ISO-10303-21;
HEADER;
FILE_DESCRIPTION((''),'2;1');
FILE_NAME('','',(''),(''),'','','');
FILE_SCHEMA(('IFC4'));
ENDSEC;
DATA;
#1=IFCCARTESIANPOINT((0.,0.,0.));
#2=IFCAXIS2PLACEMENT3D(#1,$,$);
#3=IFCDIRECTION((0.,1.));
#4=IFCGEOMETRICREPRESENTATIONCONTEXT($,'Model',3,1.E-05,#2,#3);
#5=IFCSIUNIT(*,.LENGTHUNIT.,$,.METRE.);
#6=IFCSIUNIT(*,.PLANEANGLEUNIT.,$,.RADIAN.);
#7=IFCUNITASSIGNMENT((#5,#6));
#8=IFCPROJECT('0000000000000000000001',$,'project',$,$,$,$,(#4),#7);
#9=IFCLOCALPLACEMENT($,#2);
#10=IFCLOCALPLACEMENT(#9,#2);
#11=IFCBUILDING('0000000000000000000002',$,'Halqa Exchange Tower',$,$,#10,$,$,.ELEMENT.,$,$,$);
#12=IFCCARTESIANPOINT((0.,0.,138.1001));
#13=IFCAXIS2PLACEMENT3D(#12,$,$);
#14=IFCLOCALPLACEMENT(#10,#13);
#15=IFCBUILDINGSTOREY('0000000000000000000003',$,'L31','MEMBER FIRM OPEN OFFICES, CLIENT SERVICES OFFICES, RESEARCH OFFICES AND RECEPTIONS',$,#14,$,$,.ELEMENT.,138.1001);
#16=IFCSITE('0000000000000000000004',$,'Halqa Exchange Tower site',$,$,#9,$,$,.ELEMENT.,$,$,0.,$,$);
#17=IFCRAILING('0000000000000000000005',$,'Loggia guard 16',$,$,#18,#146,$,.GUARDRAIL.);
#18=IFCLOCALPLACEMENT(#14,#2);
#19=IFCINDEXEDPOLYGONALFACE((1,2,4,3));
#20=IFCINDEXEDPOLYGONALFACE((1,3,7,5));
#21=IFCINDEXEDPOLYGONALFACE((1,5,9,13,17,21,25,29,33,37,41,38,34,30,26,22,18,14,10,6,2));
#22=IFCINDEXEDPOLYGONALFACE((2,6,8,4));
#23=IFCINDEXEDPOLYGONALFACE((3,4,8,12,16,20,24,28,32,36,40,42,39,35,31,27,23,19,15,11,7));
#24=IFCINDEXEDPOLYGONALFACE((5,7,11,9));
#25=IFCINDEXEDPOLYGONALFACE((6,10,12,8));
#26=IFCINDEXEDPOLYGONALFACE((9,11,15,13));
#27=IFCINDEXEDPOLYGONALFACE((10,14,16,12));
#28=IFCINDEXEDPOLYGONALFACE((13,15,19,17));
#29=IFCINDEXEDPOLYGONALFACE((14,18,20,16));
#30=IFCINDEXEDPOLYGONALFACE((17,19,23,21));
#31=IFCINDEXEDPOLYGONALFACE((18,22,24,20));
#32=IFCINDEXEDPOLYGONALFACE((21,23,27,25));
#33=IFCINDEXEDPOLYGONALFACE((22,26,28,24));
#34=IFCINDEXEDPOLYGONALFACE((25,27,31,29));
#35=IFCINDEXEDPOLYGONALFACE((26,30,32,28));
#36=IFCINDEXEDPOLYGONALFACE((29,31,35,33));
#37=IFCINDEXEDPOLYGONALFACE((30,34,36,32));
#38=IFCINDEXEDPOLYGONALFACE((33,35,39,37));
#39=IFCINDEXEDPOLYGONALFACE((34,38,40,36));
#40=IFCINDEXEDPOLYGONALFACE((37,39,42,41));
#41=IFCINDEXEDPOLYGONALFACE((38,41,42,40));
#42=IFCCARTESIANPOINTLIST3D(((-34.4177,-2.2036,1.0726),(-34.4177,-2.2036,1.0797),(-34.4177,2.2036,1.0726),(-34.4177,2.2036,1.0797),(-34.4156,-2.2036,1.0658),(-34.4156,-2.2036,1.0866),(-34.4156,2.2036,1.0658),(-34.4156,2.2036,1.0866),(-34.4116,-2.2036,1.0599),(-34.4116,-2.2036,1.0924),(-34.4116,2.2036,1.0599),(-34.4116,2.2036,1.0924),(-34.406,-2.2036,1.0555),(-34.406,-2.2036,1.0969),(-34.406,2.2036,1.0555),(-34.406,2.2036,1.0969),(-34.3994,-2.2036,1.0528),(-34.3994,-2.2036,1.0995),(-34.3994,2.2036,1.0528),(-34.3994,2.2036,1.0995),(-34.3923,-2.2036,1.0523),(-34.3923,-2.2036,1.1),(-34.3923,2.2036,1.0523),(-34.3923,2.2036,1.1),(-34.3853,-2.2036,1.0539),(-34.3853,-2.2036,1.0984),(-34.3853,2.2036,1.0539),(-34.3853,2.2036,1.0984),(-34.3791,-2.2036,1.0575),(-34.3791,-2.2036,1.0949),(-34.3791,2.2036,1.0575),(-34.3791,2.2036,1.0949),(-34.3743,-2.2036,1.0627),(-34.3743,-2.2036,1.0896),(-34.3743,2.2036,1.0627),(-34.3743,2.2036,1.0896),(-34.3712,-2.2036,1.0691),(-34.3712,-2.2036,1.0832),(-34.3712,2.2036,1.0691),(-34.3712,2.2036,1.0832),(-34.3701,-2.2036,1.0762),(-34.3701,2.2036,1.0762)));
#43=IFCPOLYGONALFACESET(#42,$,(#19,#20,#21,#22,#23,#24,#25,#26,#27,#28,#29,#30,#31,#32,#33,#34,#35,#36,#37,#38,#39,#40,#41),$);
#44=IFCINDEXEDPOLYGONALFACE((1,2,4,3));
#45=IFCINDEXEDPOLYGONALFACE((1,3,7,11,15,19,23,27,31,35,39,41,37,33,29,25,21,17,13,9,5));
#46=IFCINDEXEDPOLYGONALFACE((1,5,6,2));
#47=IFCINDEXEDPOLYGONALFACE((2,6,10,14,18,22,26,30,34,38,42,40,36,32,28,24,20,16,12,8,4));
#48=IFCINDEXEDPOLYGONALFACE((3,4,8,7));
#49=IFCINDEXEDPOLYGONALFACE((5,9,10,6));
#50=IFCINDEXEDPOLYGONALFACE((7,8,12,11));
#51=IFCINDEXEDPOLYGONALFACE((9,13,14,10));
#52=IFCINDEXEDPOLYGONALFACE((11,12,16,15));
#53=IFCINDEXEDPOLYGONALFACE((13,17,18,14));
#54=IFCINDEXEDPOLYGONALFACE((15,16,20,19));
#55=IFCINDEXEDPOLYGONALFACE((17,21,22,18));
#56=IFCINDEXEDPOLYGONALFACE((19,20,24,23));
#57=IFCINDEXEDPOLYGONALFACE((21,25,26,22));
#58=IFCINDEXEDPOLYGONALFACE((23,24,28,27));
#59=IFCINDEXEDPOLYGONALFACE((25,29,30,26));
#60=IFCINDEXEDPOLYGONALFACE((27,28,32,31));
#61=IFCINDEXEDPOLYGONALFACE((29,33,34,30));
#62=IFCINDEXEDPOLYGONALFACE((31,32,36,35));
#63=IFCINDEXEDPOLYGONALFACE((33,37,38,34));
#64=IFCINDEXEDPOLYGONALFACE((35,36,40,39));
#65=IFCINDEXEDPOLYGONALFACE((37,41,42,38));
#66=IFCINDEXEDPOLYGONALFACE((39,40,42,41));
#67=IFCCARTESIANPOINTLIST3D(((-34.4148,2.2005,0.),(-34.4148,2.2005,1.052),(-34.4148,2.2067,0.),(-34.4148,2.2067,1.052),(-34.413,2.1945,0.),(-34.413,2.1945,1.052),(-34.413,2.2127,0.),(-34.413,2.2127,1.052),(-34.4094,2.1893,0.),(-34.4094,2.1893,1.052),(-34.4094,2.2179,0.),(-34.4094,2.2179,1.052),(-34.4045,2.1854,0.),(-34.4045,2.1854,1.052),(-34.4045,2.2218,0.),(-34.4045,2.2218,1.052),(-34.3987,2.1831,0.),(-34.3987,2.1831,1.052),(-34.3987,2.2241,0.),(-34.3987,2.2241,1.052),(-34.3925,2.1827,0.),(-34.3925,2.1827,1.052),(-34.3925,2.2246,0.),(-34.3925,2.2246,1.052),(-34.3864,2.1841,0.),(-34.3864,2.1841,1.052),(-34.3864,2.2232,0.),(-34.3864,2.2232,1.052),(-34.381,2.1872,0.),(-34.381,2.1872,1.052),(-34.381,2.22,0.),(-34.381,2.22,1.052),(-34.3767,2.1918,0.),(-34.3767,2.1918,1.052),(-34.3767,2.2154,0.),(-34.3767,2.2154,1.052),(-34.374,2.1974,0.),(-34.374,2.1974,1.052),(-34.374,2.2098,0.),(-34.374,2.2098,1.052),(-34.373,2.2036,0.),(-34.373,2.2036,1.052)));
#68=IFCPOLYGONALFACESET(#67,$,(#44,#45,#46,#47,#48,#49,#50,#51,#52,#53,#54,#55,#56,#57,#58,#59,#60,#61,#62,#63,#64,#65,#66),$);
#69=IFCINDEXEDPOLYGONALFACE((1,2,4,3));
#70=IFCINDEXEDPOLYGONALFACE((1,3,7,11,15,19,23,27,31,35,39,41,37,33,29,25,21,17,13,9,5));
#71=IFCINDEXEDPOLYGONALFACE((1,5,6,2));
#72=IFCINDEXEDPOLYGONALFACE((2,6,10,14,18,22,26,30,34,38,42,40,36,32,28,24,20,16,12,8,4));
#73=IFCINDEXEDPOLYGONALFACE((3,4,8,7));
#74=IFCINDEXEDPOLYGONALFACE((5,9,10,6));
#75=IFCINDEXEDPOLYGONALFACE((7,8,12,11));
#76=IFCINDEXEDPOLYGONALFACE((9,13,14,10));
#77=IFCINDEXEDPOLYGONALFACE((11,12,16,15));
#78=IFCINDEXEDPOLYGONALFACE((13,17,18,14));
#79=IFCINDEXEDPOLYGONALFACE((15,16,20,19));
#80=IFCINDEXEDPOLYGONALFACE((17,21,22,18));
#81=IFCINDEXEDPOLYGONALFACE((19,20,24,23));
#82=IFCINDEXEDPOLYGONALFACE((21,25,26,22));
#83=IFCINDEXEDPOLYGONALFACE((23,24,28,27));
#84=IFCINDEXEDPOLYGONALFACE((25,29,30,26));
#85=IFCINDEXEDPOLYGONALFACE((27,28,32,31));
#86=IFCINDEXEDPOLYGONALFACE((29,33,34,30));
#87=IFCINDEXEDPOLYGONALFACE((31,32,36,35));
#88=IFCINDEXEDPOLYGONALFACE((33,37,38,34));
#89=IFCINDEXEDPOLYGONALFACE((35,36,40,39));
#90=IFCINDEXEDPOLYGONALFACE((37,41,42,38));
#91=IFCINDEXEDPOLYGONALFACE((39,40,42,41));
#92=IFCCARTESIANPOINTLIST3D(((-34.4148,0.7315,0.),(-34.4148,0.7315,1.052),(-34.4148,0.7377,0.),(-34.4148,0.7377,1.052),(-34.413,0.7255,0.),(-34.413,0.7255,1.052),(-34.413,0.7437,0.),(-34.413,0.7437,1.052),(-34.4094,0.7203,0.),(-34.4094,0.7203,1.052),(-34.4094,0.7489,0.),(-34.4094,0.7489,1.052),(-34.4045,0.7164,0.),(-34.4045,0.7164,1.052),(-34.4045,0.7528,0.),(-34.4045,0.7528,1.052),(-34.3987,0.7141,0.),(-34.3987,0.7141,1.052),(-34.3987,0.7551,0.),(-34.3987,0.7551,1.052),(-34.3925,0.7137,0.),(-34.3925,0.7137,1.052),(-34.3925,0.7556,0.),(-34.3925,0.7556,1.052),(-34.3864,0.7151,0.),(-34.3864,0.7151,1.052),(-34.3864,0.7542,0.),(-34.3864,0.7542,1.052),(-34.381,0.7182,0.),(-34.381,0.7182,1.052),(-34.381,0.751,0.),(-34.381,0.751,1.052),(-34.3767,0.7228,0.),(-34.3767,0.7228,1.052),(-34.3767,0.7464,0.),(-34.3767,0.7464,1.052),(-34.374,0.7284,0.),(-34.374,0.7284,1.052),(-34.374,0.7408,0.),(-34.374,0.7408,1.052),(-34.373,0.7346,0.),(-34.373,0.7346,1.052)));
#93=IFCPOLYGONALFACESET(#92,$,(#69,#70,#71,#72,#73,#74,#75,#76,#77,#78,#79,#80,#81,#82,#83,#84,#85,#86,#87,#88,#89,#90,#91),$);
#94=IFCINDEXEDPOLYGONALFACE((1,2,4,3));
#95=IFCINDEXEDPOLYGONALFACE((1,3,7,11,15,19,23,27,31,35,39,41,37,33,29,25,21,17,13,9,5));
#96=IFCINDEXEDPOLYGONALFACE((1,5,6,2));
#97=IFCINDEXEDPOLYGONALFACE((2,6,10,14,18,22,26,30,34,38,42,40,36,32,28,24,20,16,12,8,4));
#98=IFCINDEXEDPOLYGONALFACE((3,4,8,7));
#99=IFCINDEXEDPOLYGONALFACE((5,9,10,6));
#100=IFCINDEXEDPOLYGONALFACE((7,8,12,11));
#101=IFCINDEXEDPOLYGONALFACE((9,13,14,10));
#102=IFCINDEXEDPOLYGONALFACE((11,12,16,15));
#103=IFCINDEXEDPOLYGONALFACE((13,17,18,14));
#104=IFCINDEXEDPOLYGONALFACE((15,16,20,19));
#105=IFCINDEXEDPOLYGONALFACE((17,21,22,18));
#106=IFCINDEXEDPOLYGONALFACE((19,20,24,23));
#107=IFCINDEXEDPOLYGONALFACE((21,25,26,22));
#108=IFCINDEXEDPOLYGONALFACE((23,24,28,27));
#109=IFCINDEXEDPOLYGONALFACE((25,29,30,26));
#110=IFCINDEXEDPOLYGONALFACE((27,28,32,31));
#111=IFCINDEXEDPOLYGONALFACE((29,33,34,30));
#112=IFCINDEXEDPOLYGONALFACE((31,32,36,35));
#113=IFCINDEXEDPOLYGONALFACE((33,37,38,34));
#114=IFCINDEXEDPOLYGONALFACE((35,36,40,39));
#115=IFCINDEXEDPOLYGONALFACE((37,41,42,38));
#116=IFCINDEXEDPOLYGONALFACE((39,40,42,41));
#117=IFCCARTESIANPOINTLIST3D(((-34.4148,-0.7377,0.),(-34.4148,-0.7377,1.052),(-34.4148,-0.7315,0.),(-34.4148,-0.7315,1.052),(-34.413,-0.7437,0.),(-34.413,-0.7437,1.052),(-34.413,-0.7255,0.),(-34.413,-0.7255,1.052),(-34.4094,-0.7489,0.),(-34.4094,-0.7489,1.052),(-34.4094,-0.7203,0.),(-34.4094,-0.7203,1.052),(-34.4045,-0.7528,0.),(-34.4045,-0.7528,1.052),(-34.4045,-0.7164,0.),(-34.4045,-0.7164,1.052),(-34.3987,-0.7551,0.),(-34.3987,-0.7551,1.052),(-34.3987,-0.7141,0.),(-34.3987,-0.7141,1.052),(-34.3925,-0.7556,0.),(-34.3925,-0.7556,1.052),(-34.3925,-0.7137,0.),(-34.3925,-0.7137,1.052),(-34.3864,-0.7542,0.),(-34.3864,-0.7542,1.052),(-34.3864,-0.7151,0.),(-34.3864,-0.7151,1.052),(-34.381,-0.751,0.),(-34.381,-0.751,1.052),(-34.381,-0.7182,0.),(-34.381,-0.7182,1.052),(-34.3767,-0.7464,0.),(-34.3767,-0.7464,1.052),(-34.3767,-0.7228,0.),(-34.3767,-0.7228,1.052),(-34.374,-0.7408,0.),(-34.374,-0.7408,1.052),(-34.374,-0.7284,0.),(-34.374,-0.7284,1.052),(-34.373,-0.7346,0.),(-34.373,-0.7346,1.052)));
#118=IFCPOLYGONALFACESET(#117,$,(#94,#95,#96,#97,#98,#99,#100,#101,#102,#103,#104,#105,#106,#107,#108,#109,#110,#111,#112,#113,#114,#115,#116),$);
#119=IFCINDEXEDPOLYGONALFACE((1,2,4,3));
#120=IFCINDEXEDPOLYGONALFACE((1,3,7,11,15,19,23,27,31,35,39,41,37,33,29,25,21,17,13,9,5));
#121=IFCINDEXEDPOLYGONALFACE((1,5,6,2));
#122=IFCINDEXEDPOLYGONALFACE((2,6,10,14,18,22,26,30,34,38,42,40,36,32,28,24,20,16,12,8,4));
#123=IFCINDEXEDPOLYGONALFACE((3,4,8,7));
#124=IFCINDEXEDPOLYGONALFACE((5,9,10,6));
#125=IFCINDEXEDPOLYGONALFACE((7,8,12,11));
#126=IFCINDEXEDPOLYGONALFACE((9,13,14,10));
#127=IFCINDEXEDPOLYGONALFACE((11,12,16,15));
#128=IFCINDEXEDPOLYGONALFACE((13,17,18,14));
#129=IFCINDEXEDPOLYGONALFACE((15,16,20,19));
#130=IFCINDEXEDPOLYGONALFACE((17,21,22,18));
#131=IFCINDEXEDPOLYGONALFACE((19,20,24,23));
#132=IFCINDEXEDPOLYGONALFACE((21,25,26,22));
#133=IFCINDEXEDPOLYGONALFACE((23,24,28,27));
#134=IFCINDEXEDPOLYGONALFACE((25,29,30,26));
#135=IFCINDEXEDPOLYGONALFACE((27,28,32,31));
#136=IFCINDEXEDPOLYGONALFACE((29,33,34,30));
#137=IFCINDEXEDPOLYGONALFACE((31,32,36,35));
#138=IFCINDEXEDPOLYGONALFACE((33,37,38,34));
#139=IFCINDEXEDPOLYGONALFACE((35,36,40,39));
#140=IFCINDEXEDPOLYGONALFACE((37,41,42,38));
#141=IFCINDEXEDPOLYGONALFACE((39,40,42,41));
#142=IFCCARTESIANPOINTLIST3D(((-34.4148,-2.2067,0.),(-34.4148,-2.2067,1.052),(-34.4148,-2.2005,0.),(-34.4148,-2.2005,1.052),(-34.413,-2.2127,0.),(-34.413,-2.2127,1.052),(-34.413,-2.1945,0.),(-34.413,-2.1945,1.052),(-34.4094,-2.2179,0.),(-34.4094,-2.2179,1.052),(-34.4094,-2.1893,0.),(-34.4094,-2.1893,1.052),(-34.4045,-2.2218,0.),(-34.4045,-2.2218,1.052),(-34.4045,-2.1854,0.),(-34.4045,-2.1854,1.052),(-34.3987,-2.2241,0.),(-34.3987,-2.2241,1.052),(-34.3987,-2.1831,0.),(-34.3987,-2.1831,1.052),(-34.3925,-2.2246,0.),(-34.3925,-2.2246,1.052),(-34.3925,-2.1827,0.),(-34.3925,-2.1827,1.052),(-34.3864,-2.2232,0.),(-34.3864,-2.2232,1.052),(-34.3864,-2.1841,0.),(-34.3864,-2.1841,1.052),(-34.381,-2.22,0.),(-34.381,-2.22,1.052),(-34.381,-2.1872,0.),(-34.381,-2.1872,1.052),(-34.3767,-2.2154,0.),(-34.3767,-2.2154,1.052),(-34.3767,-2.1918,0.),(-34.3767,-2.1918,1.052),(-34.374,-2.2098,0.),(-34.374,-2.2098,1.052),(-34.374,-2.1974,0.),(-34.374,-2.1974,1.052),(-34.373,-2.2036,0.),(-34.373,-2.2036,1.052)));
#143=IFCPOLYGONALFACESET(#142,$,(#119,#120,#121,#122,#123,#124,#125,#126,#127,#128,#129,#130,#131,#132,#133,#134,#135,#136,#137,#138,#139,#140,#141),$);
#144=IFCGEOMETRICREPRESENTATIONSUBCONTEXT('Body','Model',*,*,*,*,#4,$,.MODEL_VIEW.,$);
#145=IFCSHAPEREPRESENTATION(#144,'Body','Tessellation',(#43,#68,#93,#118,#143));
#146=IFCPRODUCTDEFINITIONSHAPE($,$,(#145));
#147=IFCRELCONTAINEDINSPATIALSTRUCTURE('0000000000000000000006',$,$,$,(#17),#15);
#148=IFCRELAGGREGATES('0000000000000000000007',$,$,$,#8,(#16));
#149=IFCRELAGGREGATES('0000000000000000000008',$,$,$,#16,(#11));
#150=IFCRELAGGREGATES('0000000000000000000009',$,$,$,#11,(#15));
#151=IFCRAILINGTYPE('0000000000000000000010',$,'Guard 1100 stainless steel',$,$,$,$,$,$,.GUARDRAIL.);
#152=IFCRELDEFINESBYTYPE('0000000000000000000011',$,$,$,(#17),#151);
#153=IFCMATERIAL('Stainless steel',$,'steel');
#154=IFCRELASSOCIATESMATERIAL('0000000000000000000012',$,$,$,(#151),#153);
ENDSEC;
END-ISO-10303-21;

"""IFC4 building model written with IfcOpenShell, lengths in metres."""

from ifc_helpers import new_model, si_unit, direction, frame, origin, origin_2d, place, context, subcontext, project, spatial, circle, extrude, material, type_object, element, save


model = new_model("IFC4")

# Units and contexts
model_context = context("Model", 3, precision=1e-05, world=origin(), true_north=direction((0.0, 1.0)))
body_context = subcontext(model_context, "Body", "Model", "MODEL_VIEW")
ifc_project = project(units=[si_unit("LENGTHUNIT", "METRE"), si_unit("PLANEANGLEUNIT", "RADIAN")], contexts=[model_context])

# Site, building, storey
site_placement = place(None, origin())
site = spatial("IfcSite", under=ifc_project, at=site_placement, Name="Halqa Exchange Tower site", CompositionType="ELEMENT", RefElevation=0.0)
building_placement = place(site_placement, origin())
building = spatial("IfcBuilding", under=site, at=building_placement, Name="Halqa Exchange Tower", CompositionType="ELEMENT")
storey_placement = place(building_placement, frame((0.0, 0.0, 138.1001)))
storey = spatial("IfcBuildingStorey", under=building, at=storey_placement, Name="L31", Description="MEMBER FIRM OPEN OFFICES, CLIENT SERVICES OFFICES, RESEARCH OFFICES AND RECEPTIONS", CompositionType="ELEMENT", Elevation=138.1001)

# Railing
ifc_material_1 = material(Name="Stainless steel", Category="steel")
railing_type = type_object("IfcRailingType", Name="Guard 1100 stainless steel", PredefinedType="GUARDRAIL", material=ifc_material_1)
railing_1_placement = place(storey_placement, frame((-34.394, 2.2036, 0.0)))
element("IfcRailing", 1, at=railing_1_placement, inside=storey, type_object=railing_type, Name="Loggia guard 16", PredefinedType="GUARDRAIL", context=body_context, shape_type="SweptSolid", body=[
    extrude(circle(Radius=0.0239, at=origin_2d()), frame((0.0, 0.0, 1.0762), z_axis=(0.0, -1.0, 0.0), x_axis=(1.0, 0.0, 0.0)), (0.0, 0.0, 1.0), 4.4072),
    extrude(circle(Radius=0.021, at=origin_2d()), origin(), (0.0, 0.0, 1.0), 1.052),
    extrude(circle(Radius=0.021, at=origin_2d()), frame((0.0, -1.469, 0.0)), (0.0, 0.0, 1.0), 1.052),
    extrude(circle(Radius=0.021, at=origin_2d()), frame((0.0, -2.9382, 0.0)), (0.0, 0.0, 1.0), 1.052),
    extrude(circle(Radius=0.021, at=origin_2d()), frame((0.0, -4.4072, 0.0)), (0.0, 0.0, 1.0), 1.052),
])

save(model, "model.ifc")
